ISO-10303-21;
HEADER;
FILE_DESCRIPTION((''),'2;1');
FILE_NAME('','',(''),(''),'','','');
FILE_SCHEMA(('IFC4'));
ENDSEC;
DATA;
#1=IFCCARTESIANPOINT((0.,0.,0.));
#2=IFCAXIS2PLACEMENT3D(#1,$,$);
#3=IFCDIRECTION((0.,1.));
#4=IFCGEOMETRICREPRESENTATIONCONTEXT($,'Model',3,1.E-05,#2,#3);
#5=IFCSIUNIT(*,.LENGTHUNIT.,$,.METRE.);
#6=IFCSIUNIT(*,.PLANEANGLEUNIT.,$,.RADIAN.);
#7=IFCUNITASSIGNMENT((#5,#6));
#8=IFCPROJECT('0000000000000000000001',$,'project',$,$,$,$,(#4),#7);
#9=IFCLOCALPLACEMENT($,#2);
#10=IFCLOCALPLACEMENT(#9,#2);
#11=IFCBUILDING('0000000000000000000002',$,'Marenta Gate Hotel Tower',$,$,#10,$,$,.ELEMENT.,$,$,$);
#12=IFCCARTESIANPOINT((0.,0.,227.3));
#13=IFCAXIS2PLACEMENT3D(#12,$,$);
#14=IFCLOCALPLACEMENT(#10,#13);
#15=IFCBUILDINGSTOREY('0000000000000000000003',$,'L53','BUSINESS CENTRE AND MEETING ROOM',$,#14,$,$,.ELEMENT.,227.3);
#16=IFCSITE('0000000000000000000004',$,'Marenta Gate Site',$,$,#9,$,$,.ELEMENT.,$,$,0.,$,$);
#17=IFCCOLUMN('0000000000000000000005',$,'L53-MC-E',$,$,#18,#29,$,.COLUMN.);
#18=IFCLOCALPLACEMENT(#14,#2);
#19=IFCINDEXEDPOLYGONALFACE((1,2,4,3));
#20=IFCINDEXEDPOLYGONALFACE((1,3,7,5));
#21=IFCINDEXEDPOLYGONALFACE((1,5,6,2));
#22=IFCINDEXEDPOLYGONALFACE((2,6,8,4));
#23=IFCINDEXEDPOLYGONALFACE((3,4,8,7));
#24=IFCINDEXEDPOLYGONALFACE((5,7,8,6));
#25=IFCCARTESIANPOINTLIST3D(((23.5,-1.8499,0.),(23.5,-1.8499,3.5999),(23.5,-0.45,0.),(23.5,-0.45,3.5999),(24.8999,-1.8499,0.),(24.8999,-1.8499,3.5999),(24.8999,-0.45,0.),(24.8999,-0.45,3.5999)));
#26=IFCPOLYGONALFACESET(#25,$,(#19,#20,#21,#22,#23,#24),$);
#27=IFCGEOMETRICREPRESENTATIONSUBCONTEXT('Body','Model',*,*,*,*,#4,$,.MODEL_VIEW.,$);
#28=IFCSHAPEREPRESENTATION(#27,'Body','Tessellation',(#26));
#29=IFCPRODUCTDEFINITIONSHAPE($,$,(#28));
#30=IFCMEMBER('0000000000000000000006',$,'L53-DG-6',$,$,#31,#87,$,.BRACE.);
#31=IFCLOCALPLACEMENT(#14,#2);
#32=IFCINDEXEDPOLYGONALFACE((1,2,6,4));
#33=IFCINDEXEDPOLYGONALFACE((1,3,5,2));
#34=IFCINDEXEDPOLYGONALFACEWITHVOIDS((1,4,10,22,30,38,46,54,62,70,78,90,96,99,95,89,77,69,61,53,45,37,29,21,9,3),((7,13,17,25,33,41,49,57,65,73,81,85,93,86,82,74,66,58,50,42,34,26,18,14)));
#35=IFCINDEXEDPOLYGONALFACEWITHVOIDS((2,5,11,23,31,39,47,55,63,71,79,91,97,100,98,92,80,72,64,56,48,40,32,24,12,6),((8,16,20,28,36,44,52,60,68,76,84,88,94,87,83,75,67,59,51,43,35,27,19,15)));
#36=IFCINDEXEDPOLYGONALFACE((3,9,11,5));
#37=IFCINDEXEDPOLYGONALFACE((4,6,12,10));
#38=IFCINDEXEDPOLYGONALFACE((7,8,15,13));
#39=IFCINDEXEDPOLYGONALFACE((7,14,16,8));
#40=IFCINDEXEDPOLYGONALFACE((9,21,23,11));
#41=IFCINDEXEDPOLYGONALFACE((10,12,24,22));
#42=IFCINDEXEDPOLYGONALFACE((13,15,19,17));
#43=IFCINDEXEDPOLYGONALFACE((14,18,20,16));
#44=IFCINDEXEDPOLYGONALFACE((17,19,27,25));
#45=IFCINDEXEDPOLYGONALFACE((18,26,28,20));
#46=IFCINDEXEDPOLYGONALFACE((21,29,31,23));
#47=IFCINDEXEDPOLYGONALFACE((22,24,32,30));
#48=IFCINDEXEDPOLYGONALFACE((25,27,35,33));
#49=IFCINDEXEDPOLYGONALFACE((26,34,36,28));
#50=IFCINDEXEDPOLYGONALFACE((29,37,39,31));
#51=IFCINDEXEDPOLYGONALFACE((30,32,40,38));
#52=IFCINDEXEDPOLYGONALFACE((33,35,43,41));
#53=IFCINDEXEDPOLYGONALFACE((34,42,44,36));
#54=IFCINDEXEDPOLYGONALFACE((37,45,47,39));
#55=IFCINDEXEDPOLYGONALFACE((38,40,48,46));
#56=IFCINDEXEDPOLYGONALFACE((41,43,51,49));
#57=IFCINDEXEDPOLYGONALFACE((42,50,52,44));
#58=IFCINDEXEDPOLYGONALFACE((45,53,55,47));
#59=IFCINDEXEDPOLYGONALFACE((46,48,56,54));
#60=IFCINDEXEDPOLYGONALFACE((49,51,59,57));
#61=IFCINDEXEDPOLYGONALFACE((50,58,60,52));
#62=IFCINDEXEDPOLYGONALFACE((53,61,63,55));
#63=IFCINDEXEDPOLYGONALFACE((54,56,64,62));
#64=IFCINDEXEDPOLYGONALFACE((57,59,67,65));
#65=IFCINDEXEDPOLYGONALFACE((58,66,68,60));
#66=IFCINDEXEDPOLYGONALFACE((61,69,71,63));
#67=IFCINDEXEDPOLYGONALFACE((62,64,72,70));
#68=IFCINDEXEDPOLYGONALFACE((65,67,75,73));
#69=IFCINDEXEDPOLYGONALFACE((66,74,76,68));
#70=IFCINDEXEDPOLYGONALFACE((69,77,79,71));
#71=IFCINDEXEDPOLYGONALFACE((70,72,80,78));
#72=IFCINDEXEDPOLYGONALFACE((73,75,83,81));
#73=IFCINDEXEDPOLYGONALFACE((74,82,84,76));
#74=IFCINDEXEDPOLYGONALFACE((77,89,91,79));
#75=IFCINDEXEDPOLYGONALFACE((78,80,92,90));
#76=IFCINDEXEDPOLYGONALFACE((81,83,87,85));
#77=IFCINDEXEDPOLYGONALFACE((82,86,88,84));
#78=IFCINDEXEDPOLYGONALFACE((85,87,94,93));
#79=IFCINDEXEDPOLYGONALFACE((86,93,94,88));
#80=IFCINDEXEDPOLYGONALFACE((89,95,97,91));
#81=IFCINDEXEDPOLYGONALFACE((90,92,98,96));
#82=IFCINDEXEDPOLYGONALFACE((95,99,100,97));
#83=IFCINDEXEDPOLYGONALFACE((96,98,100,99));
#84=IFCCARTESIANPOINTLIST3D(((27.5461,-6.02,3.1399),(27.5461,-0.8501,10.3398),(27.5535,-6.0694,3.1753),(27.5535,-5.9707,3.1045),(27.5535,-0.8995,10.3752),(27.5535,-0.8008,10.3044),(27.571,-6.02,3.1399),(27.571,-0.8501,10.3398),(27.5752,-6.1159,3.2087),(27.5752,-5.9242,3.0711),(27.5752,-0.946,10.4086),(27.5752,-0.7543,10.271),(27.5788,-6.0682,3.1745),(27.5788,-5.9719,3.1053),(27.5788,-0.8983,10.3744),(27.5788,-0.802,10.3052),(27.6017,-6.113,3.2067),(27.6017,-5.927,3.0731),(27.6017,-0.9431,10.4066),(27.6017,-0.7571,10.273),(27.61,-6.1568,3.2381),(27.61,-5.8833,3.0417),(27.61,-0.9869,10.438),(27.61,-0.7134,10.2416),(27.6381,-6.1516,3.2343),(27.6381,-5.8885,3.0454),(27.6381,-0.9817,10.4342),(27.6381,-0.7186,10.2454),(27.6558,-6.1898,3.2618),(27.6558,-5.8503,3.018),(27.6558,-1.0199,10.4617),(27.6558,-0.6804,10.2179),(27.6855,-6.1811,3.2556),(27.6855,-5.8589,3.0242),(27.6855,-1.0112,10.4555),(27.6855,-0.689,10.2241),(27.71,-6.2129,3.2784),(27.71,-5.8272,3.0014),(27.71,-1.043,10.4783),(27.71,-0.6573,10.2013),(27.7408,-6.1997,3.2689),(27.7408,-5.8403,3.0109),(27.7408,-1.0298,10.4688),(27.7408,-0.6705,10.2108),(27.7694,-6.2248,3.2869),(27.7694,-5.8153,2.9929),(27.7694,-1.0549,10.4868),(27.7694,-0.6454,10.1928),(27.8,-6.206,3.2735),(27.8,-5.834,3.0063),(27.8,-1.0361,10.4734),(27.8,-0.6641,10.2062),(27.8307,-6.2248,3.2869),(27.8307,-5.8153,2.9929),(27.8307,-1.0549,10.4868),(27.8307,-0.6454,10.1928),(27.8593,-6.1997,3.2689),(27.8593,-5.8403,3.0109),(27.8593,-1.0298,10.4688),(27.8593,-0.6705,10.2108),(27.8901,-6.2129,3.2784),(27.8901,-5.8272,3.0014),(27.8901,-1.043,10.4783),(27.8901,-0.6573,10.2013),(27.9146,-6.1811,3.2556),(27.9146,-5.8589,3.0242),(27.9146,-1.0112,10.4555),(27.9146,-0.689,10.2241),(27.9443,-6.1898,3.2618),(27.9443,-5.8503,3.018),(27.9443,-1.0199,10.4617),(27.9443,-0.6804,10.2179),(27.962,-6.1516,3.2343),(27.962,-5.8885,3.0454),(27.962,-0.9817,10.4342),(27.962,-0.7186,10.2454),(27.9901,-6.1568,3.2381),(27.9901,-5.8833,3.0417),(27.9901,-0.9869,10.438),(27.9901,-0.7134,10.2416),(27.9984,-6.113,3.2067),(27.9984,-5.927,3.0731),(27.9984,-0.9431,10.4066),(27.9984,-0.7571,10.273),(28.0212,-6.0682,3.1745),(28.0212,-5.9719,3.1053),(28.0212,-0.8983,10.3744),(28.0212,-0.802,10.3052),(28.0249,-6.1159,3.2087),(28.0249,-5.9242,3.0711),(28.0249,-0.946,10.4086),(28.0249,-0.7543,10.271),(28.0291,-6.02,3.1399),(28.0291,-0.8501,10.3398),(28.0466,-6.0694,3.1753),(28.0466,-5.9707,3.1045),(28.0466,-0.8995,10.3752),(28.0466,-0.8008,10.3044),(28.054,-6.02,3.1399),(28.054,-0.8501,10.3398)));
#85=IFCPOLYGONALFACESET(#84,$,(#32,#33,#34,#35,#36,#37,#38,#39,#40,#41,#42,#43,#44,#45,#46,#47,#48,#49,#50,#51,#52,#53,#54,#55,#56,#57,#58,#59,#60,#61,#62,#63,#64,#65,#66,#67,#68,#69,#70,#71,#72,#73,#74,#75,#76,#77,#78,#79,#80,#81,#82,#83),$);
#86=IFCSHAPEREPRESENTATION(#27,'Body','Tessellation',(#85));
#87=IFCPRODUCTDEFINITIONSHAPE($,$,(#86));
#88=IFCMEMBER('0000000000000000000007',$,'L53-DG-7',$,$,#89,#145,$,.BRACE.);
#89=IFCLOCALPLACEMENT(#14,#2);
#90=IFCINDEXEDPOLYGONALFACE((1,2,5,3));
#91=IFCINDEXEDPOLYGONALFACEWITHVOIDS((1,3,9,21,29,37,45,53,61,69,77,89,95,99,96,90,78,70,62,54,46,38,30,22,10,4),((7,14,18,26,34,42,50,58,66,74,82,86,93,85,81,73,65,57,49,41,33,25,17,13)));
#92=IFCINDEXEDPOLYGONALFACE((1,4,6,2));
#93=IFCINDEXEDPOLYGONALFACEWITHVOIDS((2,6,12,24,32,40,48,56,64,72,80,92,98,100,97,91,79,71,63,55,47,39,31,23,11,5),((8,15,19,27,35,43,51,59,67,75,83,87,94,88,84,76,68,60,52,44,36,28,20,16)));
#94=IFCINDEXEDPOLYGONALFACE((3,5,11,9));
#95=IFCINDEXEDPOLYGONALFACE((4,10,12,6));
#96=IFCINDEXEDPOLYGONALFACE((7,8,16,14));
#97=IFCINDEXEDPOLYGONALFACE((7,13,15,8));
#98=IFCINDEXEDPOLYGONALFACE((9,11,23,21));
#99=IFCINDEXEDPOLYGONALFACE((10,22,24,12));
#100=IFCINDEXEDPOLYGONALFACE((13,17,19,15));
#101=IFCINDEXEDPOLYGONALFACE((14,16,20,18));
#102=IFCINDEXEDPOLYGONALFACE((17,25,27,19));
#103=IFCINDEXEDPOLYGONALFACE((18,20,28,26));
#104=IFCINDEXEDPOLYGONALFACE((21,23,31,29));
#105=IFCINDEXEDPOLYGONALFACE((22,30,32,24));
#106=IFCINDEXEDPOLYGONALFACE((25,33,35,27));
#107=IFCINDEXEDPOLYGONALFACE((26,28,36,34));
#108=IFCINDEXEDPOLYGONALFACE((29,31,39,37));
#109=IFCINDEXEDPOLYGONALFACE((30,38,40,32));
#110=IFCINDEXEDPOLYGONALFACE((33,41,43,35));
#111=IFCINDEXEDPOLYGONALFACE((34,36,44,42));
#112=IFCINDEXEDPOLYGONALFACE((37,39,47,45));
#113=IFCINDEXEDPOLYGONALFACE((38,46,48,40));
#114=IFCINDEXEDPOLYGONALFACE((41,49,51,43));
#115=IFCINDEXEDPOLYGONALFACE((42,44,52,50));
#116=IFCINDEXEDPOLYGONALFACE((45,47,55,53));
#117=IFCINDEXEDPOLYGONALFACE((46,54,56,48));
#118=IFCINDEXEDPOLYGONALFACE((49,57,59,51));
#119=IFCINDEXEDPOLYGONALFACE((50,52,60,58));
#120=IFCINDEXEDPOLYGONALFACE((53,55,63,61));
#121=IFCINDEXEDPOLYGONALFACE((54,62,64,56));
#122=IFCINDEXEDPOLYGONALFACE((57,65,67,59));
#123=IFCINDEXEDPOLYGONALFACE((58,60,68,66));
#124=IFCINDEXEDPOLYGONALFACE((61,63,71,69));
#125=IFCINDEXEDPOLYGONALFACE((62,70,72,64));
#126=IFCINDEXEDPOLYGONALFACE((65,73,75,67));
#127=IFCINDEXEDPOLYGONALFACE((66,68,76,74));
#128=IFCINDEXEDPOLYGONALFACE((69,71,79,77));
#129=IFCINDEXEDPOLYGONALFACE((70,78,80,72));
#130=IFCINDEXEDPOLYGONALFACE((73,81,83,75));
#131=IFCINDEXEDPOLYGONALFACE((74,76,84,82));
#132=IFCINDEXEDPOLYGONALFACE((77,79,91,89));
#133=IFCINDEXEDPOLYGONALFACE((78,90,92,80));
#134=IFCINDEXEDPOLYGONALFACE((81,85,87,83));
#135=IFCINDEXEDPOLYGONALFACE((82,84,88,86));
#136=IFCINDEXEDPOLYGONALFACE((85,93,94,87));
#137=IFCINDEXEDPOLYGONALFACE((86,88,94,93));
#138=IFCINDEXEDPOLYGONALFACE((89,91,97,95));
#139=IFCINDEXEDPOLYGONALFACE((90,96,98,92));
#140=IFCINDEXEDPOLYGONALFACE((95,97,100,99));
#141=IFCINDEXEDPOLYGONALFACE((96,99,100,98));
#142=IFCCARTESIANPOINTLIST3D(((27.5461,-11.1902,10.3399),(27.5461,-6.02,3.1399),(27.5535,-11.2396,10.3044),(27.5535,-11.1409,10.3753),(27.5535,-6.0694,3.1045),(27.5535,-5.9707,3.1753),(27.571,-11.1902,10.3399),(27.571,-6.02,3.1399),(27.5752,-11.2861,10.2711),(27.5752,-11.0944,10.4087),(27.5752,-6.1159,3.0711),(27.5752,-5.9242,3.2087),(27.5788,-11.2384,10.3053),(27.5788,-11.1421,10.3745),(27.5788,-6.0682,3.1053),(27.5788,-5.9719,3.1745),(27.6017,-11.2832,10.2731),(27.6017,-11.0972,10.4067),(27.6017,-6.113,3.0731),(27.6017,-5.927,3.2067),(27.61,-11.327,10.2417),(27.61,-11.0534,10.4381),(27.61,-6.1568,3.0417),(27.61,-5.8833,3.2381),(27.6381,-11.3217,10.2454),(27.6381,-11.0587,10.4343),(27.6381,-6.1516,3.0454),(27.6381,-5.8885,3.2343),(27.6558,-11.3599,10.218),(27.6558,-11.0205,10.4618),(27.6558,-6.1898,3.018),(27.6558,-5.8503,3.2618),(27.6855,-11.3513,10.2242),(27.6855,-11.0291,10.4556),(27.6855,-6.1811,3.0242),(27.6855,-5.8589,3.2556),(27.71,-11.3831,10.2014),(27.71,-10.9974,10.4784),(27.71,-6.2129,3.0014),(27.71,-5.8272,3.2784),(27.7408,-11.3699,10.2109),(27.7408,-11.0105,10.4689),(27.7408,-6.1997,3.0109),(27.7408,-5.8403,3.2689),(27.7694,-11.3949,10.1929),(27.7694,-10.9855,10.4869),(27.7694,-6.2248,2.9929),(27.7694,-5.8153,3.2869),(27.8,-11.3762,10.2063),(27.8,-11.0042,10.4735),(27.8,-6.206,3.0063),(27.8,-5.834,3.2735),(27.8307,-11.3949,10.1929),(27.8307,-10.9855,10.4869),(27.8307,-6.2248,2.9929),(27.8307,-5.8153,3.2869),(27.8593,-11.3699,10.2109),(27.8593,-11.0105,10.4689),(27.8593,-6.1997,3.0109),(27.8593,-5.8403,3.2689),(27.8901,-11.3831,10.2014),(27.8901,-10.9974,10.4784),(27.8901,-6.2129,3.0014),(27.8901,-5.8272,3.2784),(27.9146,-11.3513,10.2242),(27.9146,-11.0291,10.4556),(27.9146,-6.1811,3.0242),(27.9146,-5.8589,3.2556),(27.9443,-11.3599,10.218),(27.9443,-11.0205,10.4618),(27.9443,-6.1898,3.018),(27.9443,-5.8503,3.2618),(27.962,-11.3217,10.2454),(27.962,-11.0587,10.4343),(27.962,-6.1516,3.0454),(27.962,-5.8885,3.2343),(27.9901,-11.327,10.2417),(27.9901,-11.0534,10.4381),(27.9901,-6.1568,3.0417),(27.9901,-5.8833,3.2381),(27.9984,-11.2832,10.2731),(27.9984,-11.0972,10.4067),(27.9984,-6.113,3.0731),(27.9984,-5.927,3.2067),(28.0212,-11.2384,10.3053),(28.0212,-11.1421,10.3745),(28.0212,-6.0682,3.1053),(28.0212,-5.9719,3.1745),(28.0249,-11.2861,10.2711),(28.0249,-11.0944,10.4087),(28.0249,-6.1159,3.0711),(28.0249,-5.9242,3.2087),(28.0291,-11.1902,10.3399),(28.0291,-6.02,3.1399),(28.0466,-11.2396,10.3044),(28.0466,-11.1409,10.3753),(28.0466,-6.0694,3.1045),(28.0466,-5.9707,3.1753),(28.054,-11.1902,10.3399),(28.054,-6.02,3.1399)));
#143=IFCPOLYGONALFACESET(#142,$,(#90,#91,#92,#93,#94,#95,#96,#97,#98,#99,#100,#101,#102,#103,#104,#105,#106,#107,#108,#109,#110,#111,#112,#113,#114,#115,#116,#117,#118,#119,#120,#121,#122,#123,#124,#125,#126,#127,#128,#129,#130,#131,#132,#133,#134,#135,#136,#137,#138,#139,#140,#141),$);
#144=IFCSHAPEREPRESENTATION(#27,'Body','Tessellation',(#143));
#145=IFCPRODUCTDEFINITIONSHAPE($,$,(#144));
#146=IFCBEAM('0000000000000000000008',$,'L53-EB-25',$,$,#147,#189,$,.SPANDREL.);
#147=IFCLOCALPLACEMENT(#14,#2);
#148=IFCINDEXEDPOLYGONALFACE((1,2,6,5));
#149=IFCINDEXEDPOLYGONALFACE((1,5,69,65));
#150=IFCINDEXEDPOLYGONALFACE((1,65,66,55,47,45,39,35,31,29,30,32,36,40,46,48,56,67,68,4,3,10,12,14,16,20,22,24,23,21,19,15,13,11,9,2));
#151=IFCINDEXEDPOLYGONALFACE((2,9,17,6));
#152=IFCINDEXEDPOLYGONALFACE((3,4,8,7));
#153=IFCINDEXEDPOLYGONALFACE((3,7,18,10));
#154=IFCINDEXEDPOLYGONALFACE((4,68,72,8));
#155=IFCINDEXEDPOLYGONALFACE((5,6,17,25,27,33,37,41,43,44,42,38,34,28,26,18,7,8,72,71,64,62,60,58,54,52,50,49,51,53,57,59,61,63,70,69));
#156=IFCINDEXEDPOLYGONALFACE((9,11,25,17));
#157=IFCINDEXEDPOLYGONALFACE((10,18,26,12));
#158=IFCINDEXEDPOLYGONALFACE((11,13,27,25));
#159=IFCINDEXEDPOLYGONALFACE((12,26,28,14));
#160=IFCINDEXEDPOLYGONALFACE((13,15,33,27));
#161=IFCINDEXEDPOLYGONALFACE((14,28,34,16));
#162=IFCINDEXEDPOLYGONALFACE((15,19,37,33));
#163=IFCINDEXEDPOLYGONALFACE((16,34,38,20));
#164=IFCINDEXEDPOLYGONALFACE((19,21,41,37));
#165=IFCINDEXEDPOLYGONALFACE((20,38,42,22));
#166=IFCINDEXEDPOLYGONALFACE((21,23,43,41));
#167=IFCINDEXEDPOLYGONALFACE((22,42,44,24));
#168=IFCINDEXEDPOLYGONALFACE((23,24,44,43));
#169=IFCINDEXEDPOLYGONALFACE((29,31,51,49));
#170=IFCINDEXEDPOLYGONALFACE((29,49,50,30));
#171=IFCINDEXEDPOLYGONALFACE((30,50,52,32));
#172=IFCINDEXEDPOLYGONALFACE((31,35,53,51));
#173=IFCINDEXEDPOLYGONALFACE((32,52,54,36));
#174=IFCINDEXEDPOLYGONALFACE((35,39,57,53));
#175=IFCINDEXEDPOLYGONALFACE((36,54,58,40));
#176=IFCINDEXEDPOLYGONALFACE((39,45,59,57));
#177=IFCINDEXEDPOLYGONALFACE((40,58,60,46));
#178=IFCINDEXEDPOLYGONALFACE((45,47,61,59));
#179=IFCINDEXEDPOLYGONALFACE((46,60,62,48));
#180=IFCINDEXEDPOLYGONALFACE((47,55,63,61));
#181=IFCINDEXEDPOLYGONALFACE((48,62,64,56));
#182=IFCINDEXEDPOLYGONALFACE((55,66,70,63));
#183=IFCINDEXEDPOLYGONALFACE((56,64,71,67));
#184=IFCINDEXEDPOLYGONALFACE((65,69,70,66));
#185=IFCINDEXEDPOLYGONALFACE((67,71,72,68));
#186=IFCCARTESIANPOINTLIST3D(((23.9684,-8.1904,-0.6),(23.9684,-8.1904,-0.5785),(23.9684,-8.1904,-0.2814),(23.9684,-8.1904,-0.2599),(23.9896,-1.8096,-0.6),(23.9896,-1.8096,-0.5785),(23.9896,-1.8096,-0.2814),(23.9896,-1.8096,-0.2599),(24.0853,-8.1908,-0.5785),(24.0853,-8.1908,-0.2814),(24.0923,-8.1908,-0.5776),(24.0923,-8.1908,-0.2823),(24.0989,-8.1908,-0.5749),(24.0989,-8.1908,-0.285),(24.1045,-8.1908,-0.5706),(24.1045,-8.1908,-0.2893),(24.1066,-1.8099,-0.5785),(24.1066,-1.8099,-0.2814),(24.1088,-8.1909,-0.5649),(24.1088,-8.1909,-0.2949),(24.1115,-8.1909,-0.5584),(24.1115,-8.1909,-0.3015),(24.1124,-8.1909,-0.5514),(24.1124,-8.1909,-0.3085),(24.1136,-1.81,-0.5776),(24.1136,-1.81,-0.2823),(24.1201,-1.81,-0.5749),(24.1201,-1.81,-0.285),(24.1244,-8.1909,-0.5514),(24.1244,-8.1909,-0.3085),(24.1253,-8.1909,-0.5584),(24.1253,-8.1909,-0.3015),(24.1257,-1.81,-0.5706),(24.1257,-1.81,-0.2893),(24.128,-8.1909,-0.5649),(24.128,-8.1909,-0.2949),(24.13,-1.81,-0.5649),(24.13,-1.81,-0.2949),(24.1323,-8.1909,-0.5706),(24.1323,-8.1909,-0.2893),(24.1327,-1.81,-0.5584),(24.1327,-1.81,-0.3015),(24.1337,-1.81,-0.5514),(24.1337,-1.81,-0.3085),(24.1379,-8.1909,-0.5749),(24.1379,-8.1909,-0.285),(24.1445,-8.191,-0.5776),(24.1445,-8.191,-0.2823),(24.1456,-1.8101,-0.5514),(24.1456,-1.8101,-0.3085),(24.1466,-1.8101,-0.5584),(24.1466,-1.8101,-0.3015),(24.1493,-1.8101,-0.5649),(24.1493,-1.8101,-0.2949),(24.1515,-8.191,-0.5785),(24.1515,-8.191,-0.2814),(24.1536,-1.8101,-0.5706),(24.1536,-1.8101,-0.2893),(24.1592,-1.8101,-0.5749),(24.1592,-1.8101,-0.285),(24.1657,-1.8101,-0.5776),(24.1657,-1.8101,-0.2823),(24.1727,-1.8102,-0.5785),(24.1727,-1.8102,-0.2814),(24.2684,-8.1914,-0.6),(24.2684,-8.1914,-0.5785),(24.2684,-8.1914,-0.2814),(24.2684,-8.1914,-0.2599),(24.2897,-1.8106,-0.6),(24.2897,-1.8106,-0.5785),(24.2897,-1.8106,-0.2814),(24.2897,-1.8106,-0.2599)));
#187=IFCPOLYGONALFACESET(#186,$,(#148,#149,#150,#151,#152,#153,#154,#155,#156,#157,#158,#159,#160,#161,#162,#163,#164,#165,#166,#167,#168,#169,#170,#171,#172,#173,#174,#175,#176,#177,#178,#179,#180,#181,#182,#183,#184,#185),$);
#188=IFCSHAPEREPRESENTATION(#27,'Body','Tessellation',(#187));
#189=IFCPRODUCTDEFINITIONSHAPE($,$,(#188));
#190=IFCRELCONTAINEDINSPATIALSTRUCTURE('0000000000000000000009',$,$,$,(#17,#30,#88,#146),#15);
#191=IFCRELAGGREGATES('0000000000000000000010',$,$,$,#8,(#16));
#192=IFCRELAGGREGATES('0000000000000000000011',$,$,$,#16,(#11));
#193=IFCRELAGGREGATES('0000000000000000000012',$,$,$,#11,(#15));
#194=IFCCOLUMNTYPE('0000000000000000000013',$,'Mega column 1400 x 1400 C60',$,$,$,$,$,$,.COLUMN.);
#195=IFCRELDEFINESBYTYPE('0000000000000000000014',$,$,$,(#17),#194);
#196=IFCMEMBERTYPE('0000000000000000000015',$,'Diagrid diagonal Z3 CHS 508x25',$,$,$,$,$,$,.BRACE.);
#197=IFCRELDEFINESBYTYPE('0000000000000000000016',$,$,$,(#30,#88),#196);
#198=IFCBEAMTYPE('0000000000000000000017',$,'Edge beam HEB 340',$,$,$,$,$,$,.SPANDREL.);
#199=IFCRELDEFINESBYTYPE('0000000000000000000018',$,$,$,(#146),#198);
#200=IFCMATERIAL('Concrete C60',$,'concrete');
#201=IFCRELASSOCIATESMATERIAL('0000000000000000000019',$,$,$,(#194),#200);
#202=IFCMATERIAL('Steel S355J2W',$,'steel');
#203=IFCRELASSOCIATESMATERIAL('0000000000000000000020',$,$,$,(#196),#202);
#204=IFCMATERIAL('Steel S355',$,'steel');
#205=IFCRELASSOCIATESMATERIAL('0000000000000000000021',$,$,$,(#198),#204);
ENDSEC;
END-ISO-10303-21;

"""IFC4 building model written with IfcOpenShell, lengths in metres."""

from ifc_helpers import new_model, si_unit, direction, frame, origin, origin_2d, place, context, subcontext, project, spatial, rectangle, hollow_circle, i_section, extrude, material, material_profile, profile_set, type_object, element, save


model = new_model("IFC4")

# Units and contexts
model_context = context("Model", 3, precision=1e-05, world=origin(), true_north=direction((0.0, 1.0)))
body_context = subcontext(model_context, "Body", "Model", "MODEL_VIEW")
ifc_project = project(units=[si_unit("LENGTHUNIT", "METRE"), si_unit("PLANEANGLEUNIT", "RADIAN")], contexts=[model_context])

# Site, building, storey
site_placement = place(None, origin())
site = spatial("IfcSite", under=ifc_project, at=site_placement, Name="Marenta Gate Site", CompositionType="ELEMENT", RefElevation=0.0)
building_placement = place(site_placement, origin())
building = spatial("IfcBuilding", under=site, at=building_placement, Name="Marenta Gate Hotel Tower", CompositionType="ELEMENT")
storey_placement = place(building_placement, frame((0.0, 0.0, 227.3)))
storey = spatial("IfcBuildingStorey", under=building, at=storey_placement, Name="L53", Description="BUSINESS CENTRE AND MEETING ROOM", CompositionType="ELEMENT", Elevation=227.3)

# Column
ifc_material_1 = material(Name="Concrete C60", Category="concrete")
ifc_material_profile_1 = material_profile(ifc_material_1, rectangle(XDim=1.3999, YDim=1.3999, at=origin_2d()), Name="1400 x 1400")
ifc_profile_set_1 = profile_set([ifc_material_profile_1], Name="Concrete C60")
column_type = type_object("IfcColumnType", Name="Mega column 1400 x 1400 C60", PredefinedType="COLUMN", material=ifc_profile_set_1)
column_placement = place(storey_placement, frame((24.2, -1.1499, 0.0), z_axis=(0.0, 0.0, 1.0), x_axis=(1.0, 0.0, 0.0)))
element("IfcColumn", 1, at=column_placement, inside=storey, type_object=column_type, Name="L53-MC-E", PredefinedType="COLUMN", context=body_context, shape_type="SweptSolid", body=[
    extrude(rectangle(XDim=1.3999, YDim=1.3999, at=origin_2d()), origin(), (0.0, 0.0, 1.0), 3.5999),
])

# Members
ifc_material_2 = material(Name="Steel S355J2W", Category="steel")
ifc_material_profile_2 = material_profile(ifc_material_2, hollow_circle(Radius=0.2539, WallThickness=0.0249, at=origin_2d()), Name="CHS 508x25")
ifc_profile_set_2 = profile_set([ifc_material_profile_2], Name="Steel S355J2W")
member_type_1 = type_object("IfcMemberType", Name="Diagrid diagonal Z3 CHS 508x25", PredefinedType="BRACE", material=ifc_profile_set_2)
member_1_placement = place(storey_placement, frame((27.8, -6.02, 3.1399), z_axis=(0.0, 0.583261, 0.812285), x_axis=(-1.0, 0.0, 0.0)))
element("IfcMember", 2, at=member_1_placement, inside=storey, type_object=member_type_1, Name="L53-DG-6", PredefinedType="BRACE", context=body_context, shape_type="SweptSolid", body=[
    extrude(hollow_circle(Radius=0.2539, WallThickness=0.0249, at=origin_2d()), origin(), (0.0, 0.0, 1.0), 8.8638),
])
member_2_placement = place(storey_placement, frame((27.8, -6.02, 3.1399), z_axis=(0.0, -0.583279, 0.812272), x_axis=(1.0, 0.0, 0.0)))
element("IfcMember", 3, at=member_2_placement, inside=storey, type_object=member_type_1, Name="L53-DG-7", PredefinedType="BRACE", context=body_context, shape_type="SweptSolid", body=[
    extrude(hollow_circle(Radius=0.2539, WallThickness=0.0249, at=origin_2d()), origin(), (0.0, 0.0, 1.0), 8.864),
])

# Beam
ifc_material_3 = material(Name="Steel S355", Category="steel")
ifc_material_profile_3 = material_profile(ifc_material_3, i_section(OverallWidth=0.3, OverallDepth=0.3401, WebThickness=0.012, FlangeThickness=0.0215, FilletRadius=0.0271, at=origin_2d()), Name="HEB 340")
ifc_profile_set_3 = profile_set([ifc_material_profile_3], Name="Steel S355")
beam_type_1 = type_object("IfcBeamType", Name="Edge beam HEB 340", PredefinedType="SPANDREL", material=ifc_profile_set_3)
beam_1_placement = place(storey_placement, frame((24.1396, -1.8101, -0.4299), z_axis=(-0.003329, -0.999994, 0.0), x_axis=(0.999994, -0.003329, 0.0)))
element("IfcBeam", 4, at=beam_1_placement, inside=storey, type_object=beam_type_1, Name="L53-EB-25", PredefinedType="SPANDREL", context=body_context, shape_type="SweptSolid", body=[
    extrude(i_section(OverallWidth=0.3, OverallDepth=0.3401, WebThickness=0.012, FlangeThickness=0.0215, FilletRadius=0.0271, at=origin_2d()), origin(), (0.0, 0.0, 1.0), 6.3809),
])

save(model, "model.ifc")
